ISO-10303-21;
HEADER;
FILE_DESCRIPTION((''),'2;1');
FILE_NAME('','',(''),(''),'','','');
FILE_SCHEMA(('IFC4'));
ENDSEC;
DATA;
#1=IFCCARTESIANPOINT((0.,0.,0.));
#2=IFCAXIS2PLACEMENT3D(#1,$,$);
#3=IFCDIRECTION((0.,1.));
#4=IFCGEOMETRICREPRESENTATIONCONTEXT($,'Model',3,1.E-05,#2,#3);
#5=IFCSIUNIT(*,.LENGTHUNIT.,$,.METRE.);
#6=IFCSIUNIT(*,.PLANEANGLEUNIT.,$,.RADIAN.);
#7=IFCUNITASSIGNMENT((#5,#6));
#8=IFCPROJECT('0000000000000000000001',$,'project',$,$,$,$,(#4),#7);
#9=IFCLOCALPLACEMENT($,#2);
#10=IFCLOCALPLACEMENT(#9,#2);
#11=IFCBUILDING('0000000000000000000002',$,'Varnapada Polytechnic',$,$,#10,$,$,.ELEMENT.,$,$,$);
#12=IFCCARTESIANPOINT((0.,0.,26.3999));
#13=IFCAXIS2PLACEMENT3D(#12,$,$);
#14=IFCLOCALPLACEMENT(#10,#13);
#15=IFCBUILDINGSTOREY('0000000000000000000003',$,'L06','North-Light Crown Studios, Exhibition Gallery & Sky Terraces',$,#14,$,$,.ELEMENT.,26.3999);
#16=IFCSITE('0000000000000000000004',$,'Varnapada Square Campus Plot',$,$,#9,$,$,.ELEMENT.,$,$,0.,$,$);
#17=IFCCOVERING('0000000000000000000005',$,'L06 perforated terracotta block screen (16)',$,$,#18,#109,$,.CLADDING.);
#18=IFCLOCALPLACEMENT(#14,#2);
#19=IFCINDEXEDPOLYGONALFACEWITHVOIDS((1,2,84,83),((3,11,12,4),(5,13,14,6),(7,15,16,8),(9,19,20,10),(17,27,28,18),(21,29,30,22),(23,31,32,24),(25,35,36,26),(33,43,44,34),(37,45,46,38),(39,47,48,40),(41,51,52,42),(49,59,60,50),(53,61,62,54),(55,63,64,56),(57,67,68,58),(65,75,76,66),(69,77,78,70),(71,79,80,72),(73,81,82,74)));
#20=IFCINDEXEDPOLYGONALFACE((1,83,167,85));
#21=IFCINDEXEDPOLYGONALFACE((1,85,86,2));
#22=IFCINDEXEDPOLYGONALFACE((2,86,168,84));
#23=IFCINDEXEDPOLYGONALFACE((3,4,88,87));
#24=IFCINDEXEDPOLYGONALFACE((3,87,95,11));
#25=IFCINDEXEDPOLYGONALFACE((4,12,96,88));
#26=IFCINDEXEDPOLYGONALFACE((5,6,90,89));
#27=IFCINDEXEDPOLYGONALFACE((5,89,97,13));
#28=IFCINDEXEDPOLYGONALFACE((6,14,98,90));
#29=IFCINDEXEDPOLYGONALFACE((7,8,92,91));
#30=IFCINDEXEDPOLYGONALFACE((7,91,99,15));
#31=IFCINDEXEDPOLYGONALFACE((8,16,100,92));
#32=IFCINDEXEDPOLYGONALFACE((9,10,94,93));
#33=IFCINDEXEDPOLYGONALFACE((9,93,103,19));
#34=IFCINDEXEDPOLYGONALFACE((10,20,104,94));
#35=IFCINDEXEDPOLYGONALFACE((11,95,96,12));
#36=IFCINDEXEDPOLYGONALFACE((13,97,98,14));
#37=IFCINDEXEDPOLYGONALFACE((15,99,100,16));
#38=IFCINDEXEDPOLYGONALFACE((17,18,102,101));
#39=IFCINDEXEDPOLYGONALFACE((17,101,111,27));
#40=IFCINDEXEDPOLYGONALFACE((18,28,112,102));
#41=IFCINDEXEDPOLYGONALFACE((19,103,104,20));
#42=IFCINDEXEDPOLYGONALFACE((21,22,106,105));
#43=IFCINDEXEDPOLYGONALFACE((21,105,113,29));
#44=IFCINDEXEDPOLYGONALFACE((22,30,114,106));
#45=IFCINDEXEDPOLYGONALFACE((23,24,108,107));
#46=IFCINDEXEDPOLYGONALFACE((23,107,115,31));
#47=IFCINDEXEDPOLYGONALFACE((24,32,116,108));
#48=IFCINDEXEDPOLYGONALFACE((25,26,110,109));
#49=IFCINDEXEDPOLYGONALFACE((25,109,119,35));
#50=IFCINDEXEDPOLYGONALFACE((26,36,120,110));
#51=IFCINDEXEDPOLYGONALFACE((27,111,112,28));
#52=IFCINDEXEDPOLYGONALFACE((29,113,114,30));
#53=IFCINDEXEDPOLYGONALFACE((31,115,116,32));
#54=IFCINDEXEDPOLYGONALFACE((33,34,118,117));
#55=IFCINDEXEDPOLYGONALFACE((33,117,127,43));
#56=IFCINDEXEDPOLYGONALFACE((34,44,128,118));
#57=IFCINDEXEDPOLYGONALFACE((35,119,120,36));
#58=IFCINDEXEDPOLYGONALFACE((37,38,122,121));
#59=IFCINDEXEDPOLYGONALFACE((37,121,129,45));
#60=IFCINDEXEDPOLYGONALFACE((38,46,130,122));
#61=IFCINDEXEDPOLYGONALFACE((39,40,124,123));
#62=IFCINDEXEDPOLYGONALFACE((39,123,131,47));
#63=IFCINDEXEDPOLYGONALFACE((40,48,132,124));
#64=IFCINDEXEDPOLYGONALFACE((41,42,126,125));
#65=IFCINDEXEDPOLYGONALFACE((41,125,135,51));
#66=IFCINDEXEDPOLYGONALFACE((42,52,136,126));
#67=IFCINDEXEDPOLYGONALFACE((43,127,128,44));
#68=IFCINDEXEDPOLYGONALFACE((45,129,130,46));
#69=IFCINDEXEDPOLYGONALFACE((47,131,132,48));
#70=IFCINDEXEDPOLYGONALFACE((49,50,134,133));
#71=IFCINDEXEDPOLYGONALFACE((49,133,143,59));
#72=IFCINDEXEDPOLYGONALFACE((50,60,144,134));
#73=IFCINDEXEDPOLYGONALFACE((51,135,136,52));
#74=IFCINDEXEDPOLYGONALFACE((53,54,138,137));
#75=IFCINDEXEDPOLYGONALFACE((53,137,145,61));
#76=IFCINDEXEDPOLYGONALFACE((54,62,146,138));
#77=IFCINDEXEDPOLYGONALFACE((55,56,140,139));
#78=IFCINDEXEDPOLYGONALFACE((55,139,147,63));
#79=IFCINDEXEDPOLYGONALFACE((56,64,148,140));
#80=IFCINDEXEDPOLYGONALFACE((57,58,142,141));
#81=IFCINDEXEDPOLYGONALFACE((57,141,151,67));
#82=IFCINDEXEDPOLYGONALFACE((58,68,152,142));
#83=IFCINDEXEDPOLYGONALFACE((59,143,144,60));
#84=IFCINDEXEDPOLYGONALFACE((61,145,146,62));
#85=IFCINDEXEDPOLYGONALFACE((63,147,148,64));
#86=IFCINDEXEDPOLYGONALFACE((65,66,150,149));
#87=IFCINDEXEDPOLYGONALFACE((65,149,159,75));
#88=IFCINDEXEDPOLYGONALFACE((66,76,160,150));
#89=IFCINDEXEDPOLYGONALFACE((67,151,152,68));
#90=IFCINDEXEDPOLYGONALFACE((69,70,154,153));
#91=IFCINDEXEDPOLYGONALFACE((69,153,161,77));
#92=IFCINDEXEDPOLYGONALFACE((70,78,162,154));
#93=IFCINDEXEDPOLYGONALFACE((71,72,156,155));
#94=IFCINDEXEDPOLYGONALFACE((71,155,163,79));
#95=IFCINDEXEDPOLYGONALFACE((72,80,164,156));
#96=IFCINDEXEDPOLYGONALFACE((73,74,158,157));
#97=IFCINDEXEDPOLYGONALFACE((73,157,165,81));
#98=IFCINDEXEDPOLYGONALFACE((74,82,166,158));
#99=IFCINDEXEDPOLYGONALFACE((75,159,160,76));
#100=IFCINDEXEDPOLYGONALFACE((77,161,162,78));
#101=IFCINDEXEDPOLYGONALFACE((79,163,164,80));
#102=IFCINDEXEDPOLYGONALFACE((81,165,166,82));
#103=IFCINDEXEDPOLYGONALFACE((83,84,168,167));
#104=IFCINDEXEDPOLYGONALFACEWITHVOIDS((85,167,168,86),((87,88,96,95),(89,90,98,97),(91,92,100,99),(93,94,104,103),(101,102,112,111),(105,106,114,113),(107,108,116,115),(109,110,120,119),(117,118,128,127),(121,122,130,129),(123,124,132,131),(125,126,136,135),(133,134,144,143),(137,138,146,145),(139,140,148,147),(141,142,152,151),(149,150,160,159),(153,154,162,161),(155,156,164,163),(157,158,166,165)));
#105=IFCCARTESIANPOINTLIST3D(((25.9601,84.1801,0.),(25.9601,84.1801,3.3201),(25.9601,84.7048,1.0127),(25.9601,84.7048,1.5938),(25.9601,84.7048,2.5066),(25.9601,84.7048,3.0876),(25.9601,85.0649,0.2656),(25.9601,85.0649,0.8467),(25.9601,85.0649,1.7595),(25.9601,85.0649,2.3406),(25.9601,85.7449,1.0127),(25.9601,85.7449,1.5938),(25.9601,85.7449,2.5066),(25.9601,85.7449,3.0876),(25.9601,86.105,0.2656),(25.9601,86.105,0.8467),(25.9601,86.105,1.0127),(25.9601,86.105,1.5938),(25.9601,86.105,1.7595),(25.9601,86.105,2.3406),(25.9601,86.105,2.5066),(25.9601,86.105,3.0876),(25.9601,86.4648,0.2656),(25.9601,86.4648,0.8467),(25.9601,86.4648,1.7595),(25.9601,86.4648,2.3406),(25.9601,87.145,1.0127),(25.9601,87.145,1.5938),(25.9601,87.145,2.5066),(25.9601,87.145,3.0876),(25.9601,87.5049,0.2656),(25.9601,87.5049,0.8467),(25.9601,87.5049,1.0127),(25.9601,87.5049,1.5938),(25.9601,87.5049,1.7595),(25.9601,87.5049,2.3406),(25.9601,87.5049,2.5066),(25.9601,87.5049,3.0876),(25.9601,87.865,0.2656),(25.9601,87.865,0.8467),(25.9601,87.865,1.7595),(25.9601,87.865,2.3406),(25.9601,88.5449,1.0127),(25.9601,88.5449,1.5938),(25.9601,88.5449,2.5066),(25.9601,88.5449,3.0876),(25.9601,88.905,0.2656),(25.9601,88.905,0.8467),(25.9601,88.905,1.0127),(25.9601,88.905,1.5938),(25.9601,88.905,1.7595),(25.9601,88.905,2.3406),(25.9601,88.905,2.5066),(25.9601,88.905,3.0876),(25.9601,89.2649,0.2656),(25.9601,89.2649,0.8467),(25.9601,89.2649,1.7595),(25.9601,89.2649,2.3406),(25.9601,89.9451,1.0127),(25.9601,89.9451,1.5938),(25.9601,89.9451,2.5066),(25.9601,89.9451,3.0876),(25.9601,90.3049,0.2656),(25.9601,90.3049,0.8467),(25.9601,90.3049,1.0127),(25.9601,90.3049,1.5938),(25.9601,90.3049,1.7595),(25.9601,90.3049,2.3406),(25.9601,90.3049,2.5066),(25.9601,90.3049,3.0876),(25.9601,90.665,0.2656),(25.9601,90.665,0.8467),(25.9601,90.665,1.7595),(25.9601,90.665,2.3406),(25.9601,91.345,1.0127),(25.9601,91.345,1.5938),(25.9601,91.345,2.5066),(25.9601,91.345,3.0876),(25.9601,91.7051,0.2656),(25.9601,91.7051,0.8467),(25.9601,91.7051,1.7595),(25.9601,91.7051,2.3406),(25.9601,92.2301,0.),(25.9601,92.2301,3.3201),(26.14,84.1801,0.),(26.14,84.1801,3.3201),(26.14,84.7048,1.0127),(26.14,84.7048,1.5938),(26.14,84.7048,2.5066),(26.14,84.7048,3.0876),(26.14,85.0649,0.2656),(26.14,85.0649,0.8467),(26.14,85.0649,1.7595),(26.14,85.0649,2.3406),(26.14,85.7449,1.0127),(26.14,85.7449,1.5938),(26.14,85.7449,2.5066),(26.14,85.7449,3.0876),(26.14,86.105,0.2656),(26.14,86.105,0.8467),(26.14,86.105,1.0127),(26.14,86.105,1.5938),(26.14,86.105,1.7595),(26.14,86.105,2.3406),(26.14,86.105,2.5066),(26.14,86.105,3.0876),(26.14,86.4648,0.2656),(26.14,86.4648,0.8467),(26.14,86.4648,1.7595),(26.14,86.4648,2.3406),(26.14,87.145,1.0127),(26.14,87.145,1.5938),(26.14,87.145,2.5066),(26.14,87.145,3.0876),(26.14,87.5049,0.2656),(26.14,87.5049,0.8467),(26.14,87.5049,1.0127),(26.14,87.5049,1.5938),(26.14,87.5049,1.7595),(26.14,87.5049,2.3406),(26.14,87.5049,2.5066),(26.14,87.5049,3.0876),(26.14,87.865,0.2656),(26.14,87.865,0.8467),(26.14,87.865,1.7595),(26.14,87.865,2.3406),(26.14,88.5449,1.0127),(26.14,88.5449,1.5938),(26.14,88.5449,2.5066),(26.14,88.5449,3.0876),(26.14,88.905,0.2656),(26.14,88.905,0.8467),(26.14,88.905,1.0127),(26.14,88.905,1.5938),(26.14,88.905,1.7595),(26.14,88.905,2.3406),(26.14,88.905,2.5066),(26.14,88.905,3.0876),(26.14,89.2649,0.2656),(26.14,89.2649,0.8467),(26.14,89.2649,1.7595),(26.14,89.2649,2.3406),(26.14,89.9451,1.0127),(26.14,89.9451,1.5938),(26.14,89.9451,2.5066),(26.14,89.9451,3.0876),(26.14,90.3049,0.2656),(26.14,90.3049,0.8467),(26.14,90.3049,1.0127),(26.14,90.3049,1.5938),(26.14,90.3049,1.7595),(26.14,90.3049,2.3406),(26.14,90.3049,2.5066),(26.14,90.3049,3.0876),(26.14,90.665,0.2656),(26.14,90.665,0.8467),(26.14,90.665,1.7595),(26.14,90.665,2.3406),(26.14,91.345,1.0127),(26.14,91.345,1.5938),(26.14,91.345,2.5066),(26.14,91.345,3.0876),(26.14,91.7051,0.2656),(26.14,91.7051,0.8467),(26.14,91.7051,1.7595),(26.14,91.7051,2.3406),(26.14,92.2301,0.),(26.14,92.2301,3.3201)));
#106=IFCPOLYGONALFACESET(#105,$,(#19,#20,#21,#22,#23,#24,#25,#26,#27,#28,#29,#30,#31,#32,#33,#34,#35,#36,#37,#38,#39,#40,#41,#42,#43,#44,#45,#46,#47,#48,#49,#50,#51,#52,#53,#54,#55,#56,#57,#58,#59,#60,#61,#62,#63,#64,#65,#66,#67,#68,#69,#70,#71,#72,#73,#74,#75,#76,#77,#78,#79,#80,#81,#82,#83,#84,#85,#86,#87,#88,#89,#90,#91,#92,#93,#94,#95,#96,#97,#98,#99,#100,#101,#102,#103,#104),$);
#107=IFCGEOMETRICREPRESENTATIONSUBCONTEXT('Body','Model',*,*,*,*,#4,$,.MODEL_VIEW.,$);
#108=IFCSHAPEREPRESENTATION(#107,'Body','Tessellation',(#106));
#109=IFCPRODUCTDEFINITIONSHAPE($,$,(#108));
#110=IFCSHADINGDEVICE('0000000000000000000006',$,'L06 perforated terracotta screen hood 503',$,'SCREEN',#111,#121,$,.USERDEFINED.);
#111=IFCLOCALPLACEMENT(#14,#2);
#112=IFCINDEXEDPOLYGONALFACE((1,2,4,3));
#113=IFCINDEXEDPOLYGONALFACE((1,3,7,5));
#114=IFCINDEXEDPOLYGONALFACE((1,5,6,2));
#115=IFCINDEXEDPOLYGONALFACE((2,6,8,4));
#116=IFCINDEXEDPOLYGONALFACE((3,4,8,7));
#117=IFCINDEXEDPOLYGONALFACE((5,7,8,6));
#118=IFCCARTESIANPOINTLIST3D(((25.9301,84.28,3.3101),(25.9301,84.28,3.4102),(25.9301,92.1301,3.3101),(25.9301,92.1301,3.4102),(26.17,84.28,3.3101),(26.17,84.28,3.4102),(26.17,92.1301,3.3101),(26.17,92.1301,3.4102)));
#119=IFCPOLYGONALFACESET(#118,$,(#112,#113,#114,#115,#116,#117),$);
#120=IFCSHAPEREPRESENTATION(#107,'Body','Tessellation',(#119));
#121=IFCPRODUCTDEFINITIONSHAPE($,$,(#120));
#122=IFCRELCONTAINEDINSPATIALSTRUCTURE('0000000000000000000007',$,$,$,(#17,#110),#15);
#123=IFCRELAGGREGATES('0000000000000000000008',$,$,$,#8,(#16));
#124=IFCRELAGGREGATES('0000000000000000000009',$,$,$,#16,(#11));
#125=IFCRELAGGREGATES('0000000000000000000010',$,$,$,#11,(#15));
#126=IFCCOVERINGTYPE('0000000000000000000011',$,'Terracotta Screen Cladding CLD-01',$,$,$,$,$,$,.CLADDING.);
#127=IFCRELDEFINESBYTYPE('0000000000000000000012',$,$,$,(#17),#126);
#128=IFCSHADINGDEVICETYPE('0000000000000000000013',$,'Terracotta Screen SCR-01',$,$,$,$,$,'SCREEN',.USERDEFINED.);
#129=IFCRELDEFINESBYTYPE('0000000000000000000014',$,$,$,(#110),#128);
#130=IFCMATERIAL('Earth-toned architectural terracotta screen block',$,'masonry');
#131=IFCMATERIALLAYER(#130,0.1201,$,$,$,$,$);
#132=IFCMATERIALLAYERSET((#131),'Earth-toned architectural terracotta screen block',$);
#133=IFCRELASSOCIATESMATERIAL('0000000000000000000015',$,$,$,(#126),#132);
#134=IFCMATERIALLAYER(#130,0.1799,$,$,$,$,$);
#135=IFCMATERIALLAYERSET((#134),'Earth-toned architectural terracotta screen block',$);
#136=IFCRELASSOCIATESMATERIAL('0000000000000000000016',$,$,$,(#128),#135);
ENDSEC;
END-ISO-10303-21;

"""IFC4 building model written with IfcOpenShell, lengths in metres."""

from ifc_helpers import new_model, si_unit, direction, frame, frame_2d, origin, origin_2d, place, context, subcontext, project, spatial, rectangle, extrude, material, layer, layer_set, type_object, element, save


model = new_model("IFC4")

# Units and contexts
model_context = context("Model", 3, precision=1e-05, world=origin(), true_north=direction((0.0, 1.0)))
body_context = subcontext(model_context, "Body", "Model", "MODEL_VIEW")
ifc_project = project(units=[si_unit("LENGTHUNIT", "METRE"), si_unit("PLANEANGLEUNIT", "RADIAN")], contexts=[model_context])

# Site, building, storey
site_placement = place(None, origin())
site = spatial("IfcSite", under=ifc_project, at=site_placement, Name="Varnapada Square Campus Plot", CompositionType="ELEMENT", RefElevation=0.0)
building_placement = place(site_placement, origin())
building = spatial("IfcBuilding", under=site, at=building_placement, Name="Varnapada Polytechnic", CompositionType="ELEMENT")
storey_placement = place(building_placement, frame((0.0, 0.0, 26.3999)))
storey = spatial("IfcBuildingStorey", under=building, at=storey_placement, Name="L06", Description="North-Light Crown Studios, Exhibition Gallery & Sky Terraces", CompositionType="ELEMENT", Elevation=26.3999)

# Covering, openings
ifc_material_1 = material(Name="Earth-toned architectural terracotta screen block", Category="masonry")
ifc_layer_1 = layer(ifc_material_1, 0.1201)
ifc_layer_set_1 = layer_set([ifc_layer_1], Name="Earth-toned architectural terracotta screen block")
covering_type_1 = type_object("IfcCoveringType", Name="Terracotta Screen Cladding CLD-01", PredefinedType="CLADDING", material=ifc_layer_set_1)
covering_1_placement = place(storey_placement, frame((26.05, 92.23, 0.0), z_axis=(0.0, 0.0, 1.0), x_axis=(0.0, -1.0, 0.0)))
covering_1 = element("IfcCovering", 1, at=covering_1_placement, inside=storey, type_object=covering_type_1, Name="L06 perforated terracotta block screen (16)", PredefinedType="CLADDING", context=body_context, shape_type="SweptSolid", body=[
    extrude(rectangle(XDim=8.05, YDim=0.1799, at=frame_2d((4.0249, 0.0))), origin(), (0.0, 0.0, 1.0), 3.3201),
])
opening_1_placement = place(covering_1_placement, frame((0.5249, 0.0, 0.2656)))
element("IfcOpeningElement", 2, at=opening_1_placement, cuts=covering_1, PredefinedType="OPENING", context=body_context, shape_type="SweptSolid", body=[
    extrude(rectangle(XDim=1.04, YDim=0.5811, at=frame_2d((0.52, 0.2905))), frame((0.0, 0.0999, 0.0), z_axis=(0.0, -1.0, 0.0), x_axis=(1.0, 0.0, 0.0)), (0.0, 0.0, 1.0), 0.2),
])
opening_2_placement = place(covering_1_placement, frame((1.925, 0.0, 0.2656)))
element("IfcOpeningElement", 3, at=opening_2_placement, cuts=covering_1, PredefinedType="OPENING", context=body_context, shape_type="SweptSolid", body=[
    extrude(rectangle(XDim=1.04, YDim=0.5811, at=frame_2d((0.52, 0.2905))), frame((0.0, 0.0999, 0.0), z_axis=(0.0, -1.0, 0.0), x_axis=(1.0, 0.0, 0.0)), (0.0, 0.0, 1.0), 0.2),
])
opening_3_placement = place(covering_1_placement, frame((3.325, 0.0, 0.2656)))
element("IfcOpeningElement", 4, at=opening_3_placement, cuts=covering_1, PredefinedType="OPENING", context=body_context, shape_type="SweptSolid", body=[
    extrude(rectangle(XDim=1.04, YDim=0.5811, at=frame_2d((0.52, 0.2905))), frame((0.0, 0.0999, 0.0), z_axis=(0.0, -1.0, 0.0), x_axis=(1.0, 0.0, 0.0)), (0.0, 0.0, 1.0), 0.2),
])
opening_4_placement = place(covering_1_placement, frame((4.7251, 0.0, 0.2656)))
element("IfcOpeningElement", 5, at=opening_4_placement, cuts=covering_1, PredefinedType="OPENING", context=body_context, shape_type="SweptSolid", body=[
    extrude(rectangle(XDim=1.04, YDim=0.5811, at=frame_2d((0.52, 0.2905))), frame((0.0, 0.0999, 0.0), z_axis=(0.0, -1.0, 0.0), x_axis=(1.0, 0.0, 0.0)), (0.0, 0.0, 1.0), 0.2),
])
opening_5_placement = place(covering_1_placement, frame((6.125, 0.0, 0.2656)))
element("IfcOpeningElement", 6, at=opening_5_placement, cuts=covering_1, PredefinedType="OPENING", context=body_context, shape_type="SweptSolid", body=[
    extrude(rectangle(XDim=1.04, YDim=0.5811, at=frame_2d((0.52, 0.2905))), frame((0.0, 0.0999, 0.0), z_axis=(0.0, -1.0, 0.0), x_axis=(1.0, 0.0, 0.0)), (0.0, 0.0, 1.0), 0.2),
])
opening_6_placement = place(covering_1_placement, frame((0.885, 0.0, 1.0127)))
element("IfcOpeningElement", 7, at=opening_6_placement, cuts=covering_1, PredefinedType="OPENING", context=body_context, shape_type="SweptSolid", body=[
    extrude(rectangle(XDim=1.04, YDim=0.5811, at=frame_2d((0.52, 0.2905))), frame((0.0, 0.0999, 0.0), z_axis=(0.0, -1.0, 0.0), x_axis=(1.0, 0.0, 0.0)), (0.0, 0.0, 1.0), 0.2),
])
opening_7_placement = place(covering_1_placement, frame((2.2849, 0.0, 1.0127)))
element("IfcOpeningElement", 8, at=opening_7_placement, cuts=covering_1, PredefinedType="OPENING", context=body_context, shape_type="SweptSolid", body=[
    extrude(rectangle(XDim=1.04, YDim=0.5811, at=frame_2d((0.52, 0.2905))), frame((0.0, 0.0999, 0.0), z_axis=(0.0, -1.0, 0.0), x_axis=(1.0, 0.0, 0.0)), (0.0, 0.0, 1.0), 0.2),
])
opening_8_placement = place(covering_1_placement, frame((3.6851, 0.0, 1.0127)))
element("IfcOpeningElement", 9, at=opening_8_placement, cuts=covering_1, PredefinedType="OPENING", context=body_context, shape_type="SweptSolid", body=[
    extrude(rectangle(XDim=1.04, YDim=0.5811, at=frame_2d((0.52, 0.2905))), frame((0.0, 0.0999, 0.0), z_axis=(0.0, -1.0, 0.0), x_axis=(1.0, 0.0, 0.0)), (0.0, 0.0, 1.0), 0.2),
])
opening_9_placement = place(covering_1_placement, frame((5.085, 0.0, 1.0127)))
element("IfcOpeningElement", 10, at=opening_9_placement, cuts=covering_1, PredefinedType="OPENING", context=body_context, shape_type="SweptSolid", body=[
    extrude(rectangle(XDim=1.04, YDim=0.5811, at=frame_2d((0.52, 0.2905))), frame((0.0, 0.0999, 0.0), z_axis=(0.0, -1.0, 0.0), x_axis=(1.0, 0.0, 0.0)), (0.0, 0.0, 1.0), 0.2),
])
opening_10_placement = place(covering_1_placement, frame((6.4851, 0.0, 1.0127)))
element("IfcOpeningElement", 11, at=opening_10_placement, cuts=covering_1, PredefinedType="OPENING", context=body_context, shape_type="SweptSolid", body=[
    extrude(rectangle(XDim=1.04, YDim=0.5811, at=frame_2d((0.52, 0.2905))), frame((0.0, 0.0999, 0.0), z_axis=(0.0, -1.0, 0.0), x_axis=(1.0, 0.0, 0.0)), (0.0, 0.0, 1.0), 0.2),
])
opening_11_placement = place(covering_1_placement, frame((0.5249, 0.0, 1.7595)))
element("IfcOpeningElement", 12, at=opening_11_placement, cuts=covering_1, PredefinedType="OPENING", context=body_context, shape_type="SweptSolid", body=[
    extrude(rectangle(XDim=1.04, YDim=0.5811, at=frame_2d((0.52, 0.2905))), frame((0.0, 0.0999, 0.0), z_axis=(0.0, -1.0, 0.0), x_axis=(1.0, 0.0, 0.0)), (0.0, 0.0, 1.0), 0.2),
])
opening_12_placement = place(covering_1_placement, frame((1.925, 0.0, 1.7595)))
element("IfcOpeningElement", 13, at=opening_12_placement, cuts=covering_1, PredefinedType="OPENING", context=body_context, shape_type="SweptSolid", body=[
    extrude(rectangle(XDim=1.04, YDim=0.5811, at=frame_2d((0.52, 0.2905))), frame((0.0, 0.0999, 0.0), z_axis=(0.0, -1.0, 0.0), x_axis=(1.0, 0.0, 0.0)), (0.0, 0.0, 1.0), 0.2),
])
opening_13_placement = place(covering_1_placement, frame((3.325, 0.0, 1.7595)))
element("IfcOpeningElement", 14, at=opening_13_placement, cuts=covering_1, PredefinedType="OPENING", context=body_context, shape_type="SweptSolid", body=[
    extrude(rectangle(XDim=1.04, YDim=0.5811, at=frame_2d((0.52, 0.2905))), frame((0.0, 0.0999, 0.0), z_axis=(0.0, -1.0, 0.0), x_axis=(1.0, 0.0, 0.0)), (0.0, 0.0, 1.0), 0.2),
])
opening_14_placement = place(covering_1_placement, frame((4.7251, 0.0, 1.7595)))
element("IfcOpeningElement", 15, at=opening_14_placement, cuts=covering_1, PredefinedType="OPENING", context=body_context, shape_type="SweptSolid", body=[
    extrude(rectangle(XDim=1.04, YDim=0.5811, at=frame_2d((0.52, 0.2905))), frame((0.0, 0.0999, 0.0), z_axis=(0.0, -1.0, 0.0), x_axis=(1.0, 0.0, 0.0)), (0.0, 0.0, 1.0), 0.2),
])
opening_15_placement = place(covering_1_placement, frame((6.125, 0.0, 1.7595)))
element("IfcOpeningElement", 16, at=opening_15_placement, cuts=covering_1, PredefinedType="OPENING", context=body_context, shape_type="SweptSolid", body=[
    extrude(rectangle(XDim=1.04, YDim=0.5811, at=frame_2d((0.52, 0.2905))), frame((0.0, 0.0999, 0.0), z_axis=(0.0, -1.0, 0.0), x_axis=(1.0, 0.0, 0.0)), (0.0, 0.0, 1.0), 0.2),
])
opening_16_placement = place(covering_1_placement, frame((0.885, 0.0, 2.5066)))
element("IfcOpeningElement", 17, at=opening_16_placement, cuts=covering_1, PredefinedType="OPENING", context=body_context, shape_type="SweptSolid", body=[
    extrude(rectangle(XDim=1.04, YDim=0.5811, at=frame_2d((0.52, 0.2905))), frame((0.0, 0.0999, 0.0), z_axis=(0.0, -1.0, 0.0), x_axis=(1.0, 0.0, 0.0)), (0.0, 0.0, 1.0), 0.2),
])
opening_17_placement = place(covering_1_placement, frame((2.2849, 0.0, 2.5066)))
element("IfcOpeningElement", 18, at=opening_17_placement, cuts=covering_1, PredefinedType="OPENING", context=body_context, shape_type="SweptSolid", body=[
    extrude(rectangle(XDim=1.04, YDim=0.5811, at=frame_2d((0.52, 0.2905))), frame((0.0, 0.0999, 0.0), z_axis=(0.0, -1.0, 0.0), x_axis=(1.0, 0.0, 0.0)), (0.0, 0.0, 1.0), 0.2),
])
opening_18_placement = place(covering_1_placement, frame((3.6851, 0.0, 2.5066)))
element("IfcOpeningElement", 19, at=opening_18_placement, cuts=covering_1, PredefinedType="OPENING", context=body_context, shape_type="SweptSolid", body=[
    extrude(rectangle(XDim=1.04, YDim=0.5811, at=frame_2d((0.52, 0.2905))), frame((0.0, 0.0999, 0.0), z_axis=(0.0, -1.0, 0.0), x_axis=(1.0, 0.0, 0.0)), (0.0, 0.0, 1.0), 0.2),
])
opening_19_placement = place(covering_1_placement, frame((5.085, 0.0, 2.5066)))
element("IfcOpeningElement", 20, at=opening_19_placement, cuts=covering_1, PredefinedType="OPENING", context=body_context, shape_type="SweptSolid", body=[
    extrude(rectangle(XDim=1.04, YDim=0.5811, at=frame_2d((0.52, 0.2905))), frame((0.0, 0.0999, 0.0), z_axis=(0.0, -1.0, 0.0), x_axis=(1.0, 0.0, 0.0)), (0.0, 0.0, 1.0), 0.2),
])
opening_20_placement = place(covering_1_placement, frame((6.4851, 0.0, 2.5066)))
element("IfcOpeningElement", 21, at=opening_20_placement, cuts=covering_1, PredefinedType="OPENING", context=body_context, shape_type="SweptSolid", body=[
    extrude(rectangle(XDim=1.04, YDim=0.5811, at=frame_2d((0.52, 0.2905))), frame((0.0, 0.0999, 0.0), z_axis=(0.0, -1.0, 0.0), x_axis=(1.0, 0.0, 0.0)), (0.0, 0.0, 1.0), 0.2),
])

# Shading device
ifc_layer_2 = layer(ifc_material_1, 0.1799)
ifc_layer_set_2 = layer_set([ifc_layer_2], Name="Earth-toned architectural terracotta screen block")
shading_device_type = type_object("IfcShadingDeviceType", Name="Terracotta Screen SCR-01", ElementType="SCREEN", PredefinedType="USERDEFINED", material=ifc_layer_set_2)
shading_device_placement = place(storey_placement, frame((26.05, 88.2051, 3.3101), z_axis=(0.0, 0.0, 1.0), x_axis=(0.0, -1.0, 0.0)))
element("IfcShadingDevice", 22, at=shading_device_placement, inside=storey, type_object=shading_device_type, Name="L06 perforated terracotta screen hood 503", ObjectType="SCREEN", PredefinedType="USERDEFINED", context=body_context, shape_type="SweptSolid", body=[
    extrude(rectangle(XDim=7.8501, YDim=0.24, at=origin_2d()), origin(), (0.0, 0.0, 1.0), 0.1001),
])

save(model, "model.ifc")
